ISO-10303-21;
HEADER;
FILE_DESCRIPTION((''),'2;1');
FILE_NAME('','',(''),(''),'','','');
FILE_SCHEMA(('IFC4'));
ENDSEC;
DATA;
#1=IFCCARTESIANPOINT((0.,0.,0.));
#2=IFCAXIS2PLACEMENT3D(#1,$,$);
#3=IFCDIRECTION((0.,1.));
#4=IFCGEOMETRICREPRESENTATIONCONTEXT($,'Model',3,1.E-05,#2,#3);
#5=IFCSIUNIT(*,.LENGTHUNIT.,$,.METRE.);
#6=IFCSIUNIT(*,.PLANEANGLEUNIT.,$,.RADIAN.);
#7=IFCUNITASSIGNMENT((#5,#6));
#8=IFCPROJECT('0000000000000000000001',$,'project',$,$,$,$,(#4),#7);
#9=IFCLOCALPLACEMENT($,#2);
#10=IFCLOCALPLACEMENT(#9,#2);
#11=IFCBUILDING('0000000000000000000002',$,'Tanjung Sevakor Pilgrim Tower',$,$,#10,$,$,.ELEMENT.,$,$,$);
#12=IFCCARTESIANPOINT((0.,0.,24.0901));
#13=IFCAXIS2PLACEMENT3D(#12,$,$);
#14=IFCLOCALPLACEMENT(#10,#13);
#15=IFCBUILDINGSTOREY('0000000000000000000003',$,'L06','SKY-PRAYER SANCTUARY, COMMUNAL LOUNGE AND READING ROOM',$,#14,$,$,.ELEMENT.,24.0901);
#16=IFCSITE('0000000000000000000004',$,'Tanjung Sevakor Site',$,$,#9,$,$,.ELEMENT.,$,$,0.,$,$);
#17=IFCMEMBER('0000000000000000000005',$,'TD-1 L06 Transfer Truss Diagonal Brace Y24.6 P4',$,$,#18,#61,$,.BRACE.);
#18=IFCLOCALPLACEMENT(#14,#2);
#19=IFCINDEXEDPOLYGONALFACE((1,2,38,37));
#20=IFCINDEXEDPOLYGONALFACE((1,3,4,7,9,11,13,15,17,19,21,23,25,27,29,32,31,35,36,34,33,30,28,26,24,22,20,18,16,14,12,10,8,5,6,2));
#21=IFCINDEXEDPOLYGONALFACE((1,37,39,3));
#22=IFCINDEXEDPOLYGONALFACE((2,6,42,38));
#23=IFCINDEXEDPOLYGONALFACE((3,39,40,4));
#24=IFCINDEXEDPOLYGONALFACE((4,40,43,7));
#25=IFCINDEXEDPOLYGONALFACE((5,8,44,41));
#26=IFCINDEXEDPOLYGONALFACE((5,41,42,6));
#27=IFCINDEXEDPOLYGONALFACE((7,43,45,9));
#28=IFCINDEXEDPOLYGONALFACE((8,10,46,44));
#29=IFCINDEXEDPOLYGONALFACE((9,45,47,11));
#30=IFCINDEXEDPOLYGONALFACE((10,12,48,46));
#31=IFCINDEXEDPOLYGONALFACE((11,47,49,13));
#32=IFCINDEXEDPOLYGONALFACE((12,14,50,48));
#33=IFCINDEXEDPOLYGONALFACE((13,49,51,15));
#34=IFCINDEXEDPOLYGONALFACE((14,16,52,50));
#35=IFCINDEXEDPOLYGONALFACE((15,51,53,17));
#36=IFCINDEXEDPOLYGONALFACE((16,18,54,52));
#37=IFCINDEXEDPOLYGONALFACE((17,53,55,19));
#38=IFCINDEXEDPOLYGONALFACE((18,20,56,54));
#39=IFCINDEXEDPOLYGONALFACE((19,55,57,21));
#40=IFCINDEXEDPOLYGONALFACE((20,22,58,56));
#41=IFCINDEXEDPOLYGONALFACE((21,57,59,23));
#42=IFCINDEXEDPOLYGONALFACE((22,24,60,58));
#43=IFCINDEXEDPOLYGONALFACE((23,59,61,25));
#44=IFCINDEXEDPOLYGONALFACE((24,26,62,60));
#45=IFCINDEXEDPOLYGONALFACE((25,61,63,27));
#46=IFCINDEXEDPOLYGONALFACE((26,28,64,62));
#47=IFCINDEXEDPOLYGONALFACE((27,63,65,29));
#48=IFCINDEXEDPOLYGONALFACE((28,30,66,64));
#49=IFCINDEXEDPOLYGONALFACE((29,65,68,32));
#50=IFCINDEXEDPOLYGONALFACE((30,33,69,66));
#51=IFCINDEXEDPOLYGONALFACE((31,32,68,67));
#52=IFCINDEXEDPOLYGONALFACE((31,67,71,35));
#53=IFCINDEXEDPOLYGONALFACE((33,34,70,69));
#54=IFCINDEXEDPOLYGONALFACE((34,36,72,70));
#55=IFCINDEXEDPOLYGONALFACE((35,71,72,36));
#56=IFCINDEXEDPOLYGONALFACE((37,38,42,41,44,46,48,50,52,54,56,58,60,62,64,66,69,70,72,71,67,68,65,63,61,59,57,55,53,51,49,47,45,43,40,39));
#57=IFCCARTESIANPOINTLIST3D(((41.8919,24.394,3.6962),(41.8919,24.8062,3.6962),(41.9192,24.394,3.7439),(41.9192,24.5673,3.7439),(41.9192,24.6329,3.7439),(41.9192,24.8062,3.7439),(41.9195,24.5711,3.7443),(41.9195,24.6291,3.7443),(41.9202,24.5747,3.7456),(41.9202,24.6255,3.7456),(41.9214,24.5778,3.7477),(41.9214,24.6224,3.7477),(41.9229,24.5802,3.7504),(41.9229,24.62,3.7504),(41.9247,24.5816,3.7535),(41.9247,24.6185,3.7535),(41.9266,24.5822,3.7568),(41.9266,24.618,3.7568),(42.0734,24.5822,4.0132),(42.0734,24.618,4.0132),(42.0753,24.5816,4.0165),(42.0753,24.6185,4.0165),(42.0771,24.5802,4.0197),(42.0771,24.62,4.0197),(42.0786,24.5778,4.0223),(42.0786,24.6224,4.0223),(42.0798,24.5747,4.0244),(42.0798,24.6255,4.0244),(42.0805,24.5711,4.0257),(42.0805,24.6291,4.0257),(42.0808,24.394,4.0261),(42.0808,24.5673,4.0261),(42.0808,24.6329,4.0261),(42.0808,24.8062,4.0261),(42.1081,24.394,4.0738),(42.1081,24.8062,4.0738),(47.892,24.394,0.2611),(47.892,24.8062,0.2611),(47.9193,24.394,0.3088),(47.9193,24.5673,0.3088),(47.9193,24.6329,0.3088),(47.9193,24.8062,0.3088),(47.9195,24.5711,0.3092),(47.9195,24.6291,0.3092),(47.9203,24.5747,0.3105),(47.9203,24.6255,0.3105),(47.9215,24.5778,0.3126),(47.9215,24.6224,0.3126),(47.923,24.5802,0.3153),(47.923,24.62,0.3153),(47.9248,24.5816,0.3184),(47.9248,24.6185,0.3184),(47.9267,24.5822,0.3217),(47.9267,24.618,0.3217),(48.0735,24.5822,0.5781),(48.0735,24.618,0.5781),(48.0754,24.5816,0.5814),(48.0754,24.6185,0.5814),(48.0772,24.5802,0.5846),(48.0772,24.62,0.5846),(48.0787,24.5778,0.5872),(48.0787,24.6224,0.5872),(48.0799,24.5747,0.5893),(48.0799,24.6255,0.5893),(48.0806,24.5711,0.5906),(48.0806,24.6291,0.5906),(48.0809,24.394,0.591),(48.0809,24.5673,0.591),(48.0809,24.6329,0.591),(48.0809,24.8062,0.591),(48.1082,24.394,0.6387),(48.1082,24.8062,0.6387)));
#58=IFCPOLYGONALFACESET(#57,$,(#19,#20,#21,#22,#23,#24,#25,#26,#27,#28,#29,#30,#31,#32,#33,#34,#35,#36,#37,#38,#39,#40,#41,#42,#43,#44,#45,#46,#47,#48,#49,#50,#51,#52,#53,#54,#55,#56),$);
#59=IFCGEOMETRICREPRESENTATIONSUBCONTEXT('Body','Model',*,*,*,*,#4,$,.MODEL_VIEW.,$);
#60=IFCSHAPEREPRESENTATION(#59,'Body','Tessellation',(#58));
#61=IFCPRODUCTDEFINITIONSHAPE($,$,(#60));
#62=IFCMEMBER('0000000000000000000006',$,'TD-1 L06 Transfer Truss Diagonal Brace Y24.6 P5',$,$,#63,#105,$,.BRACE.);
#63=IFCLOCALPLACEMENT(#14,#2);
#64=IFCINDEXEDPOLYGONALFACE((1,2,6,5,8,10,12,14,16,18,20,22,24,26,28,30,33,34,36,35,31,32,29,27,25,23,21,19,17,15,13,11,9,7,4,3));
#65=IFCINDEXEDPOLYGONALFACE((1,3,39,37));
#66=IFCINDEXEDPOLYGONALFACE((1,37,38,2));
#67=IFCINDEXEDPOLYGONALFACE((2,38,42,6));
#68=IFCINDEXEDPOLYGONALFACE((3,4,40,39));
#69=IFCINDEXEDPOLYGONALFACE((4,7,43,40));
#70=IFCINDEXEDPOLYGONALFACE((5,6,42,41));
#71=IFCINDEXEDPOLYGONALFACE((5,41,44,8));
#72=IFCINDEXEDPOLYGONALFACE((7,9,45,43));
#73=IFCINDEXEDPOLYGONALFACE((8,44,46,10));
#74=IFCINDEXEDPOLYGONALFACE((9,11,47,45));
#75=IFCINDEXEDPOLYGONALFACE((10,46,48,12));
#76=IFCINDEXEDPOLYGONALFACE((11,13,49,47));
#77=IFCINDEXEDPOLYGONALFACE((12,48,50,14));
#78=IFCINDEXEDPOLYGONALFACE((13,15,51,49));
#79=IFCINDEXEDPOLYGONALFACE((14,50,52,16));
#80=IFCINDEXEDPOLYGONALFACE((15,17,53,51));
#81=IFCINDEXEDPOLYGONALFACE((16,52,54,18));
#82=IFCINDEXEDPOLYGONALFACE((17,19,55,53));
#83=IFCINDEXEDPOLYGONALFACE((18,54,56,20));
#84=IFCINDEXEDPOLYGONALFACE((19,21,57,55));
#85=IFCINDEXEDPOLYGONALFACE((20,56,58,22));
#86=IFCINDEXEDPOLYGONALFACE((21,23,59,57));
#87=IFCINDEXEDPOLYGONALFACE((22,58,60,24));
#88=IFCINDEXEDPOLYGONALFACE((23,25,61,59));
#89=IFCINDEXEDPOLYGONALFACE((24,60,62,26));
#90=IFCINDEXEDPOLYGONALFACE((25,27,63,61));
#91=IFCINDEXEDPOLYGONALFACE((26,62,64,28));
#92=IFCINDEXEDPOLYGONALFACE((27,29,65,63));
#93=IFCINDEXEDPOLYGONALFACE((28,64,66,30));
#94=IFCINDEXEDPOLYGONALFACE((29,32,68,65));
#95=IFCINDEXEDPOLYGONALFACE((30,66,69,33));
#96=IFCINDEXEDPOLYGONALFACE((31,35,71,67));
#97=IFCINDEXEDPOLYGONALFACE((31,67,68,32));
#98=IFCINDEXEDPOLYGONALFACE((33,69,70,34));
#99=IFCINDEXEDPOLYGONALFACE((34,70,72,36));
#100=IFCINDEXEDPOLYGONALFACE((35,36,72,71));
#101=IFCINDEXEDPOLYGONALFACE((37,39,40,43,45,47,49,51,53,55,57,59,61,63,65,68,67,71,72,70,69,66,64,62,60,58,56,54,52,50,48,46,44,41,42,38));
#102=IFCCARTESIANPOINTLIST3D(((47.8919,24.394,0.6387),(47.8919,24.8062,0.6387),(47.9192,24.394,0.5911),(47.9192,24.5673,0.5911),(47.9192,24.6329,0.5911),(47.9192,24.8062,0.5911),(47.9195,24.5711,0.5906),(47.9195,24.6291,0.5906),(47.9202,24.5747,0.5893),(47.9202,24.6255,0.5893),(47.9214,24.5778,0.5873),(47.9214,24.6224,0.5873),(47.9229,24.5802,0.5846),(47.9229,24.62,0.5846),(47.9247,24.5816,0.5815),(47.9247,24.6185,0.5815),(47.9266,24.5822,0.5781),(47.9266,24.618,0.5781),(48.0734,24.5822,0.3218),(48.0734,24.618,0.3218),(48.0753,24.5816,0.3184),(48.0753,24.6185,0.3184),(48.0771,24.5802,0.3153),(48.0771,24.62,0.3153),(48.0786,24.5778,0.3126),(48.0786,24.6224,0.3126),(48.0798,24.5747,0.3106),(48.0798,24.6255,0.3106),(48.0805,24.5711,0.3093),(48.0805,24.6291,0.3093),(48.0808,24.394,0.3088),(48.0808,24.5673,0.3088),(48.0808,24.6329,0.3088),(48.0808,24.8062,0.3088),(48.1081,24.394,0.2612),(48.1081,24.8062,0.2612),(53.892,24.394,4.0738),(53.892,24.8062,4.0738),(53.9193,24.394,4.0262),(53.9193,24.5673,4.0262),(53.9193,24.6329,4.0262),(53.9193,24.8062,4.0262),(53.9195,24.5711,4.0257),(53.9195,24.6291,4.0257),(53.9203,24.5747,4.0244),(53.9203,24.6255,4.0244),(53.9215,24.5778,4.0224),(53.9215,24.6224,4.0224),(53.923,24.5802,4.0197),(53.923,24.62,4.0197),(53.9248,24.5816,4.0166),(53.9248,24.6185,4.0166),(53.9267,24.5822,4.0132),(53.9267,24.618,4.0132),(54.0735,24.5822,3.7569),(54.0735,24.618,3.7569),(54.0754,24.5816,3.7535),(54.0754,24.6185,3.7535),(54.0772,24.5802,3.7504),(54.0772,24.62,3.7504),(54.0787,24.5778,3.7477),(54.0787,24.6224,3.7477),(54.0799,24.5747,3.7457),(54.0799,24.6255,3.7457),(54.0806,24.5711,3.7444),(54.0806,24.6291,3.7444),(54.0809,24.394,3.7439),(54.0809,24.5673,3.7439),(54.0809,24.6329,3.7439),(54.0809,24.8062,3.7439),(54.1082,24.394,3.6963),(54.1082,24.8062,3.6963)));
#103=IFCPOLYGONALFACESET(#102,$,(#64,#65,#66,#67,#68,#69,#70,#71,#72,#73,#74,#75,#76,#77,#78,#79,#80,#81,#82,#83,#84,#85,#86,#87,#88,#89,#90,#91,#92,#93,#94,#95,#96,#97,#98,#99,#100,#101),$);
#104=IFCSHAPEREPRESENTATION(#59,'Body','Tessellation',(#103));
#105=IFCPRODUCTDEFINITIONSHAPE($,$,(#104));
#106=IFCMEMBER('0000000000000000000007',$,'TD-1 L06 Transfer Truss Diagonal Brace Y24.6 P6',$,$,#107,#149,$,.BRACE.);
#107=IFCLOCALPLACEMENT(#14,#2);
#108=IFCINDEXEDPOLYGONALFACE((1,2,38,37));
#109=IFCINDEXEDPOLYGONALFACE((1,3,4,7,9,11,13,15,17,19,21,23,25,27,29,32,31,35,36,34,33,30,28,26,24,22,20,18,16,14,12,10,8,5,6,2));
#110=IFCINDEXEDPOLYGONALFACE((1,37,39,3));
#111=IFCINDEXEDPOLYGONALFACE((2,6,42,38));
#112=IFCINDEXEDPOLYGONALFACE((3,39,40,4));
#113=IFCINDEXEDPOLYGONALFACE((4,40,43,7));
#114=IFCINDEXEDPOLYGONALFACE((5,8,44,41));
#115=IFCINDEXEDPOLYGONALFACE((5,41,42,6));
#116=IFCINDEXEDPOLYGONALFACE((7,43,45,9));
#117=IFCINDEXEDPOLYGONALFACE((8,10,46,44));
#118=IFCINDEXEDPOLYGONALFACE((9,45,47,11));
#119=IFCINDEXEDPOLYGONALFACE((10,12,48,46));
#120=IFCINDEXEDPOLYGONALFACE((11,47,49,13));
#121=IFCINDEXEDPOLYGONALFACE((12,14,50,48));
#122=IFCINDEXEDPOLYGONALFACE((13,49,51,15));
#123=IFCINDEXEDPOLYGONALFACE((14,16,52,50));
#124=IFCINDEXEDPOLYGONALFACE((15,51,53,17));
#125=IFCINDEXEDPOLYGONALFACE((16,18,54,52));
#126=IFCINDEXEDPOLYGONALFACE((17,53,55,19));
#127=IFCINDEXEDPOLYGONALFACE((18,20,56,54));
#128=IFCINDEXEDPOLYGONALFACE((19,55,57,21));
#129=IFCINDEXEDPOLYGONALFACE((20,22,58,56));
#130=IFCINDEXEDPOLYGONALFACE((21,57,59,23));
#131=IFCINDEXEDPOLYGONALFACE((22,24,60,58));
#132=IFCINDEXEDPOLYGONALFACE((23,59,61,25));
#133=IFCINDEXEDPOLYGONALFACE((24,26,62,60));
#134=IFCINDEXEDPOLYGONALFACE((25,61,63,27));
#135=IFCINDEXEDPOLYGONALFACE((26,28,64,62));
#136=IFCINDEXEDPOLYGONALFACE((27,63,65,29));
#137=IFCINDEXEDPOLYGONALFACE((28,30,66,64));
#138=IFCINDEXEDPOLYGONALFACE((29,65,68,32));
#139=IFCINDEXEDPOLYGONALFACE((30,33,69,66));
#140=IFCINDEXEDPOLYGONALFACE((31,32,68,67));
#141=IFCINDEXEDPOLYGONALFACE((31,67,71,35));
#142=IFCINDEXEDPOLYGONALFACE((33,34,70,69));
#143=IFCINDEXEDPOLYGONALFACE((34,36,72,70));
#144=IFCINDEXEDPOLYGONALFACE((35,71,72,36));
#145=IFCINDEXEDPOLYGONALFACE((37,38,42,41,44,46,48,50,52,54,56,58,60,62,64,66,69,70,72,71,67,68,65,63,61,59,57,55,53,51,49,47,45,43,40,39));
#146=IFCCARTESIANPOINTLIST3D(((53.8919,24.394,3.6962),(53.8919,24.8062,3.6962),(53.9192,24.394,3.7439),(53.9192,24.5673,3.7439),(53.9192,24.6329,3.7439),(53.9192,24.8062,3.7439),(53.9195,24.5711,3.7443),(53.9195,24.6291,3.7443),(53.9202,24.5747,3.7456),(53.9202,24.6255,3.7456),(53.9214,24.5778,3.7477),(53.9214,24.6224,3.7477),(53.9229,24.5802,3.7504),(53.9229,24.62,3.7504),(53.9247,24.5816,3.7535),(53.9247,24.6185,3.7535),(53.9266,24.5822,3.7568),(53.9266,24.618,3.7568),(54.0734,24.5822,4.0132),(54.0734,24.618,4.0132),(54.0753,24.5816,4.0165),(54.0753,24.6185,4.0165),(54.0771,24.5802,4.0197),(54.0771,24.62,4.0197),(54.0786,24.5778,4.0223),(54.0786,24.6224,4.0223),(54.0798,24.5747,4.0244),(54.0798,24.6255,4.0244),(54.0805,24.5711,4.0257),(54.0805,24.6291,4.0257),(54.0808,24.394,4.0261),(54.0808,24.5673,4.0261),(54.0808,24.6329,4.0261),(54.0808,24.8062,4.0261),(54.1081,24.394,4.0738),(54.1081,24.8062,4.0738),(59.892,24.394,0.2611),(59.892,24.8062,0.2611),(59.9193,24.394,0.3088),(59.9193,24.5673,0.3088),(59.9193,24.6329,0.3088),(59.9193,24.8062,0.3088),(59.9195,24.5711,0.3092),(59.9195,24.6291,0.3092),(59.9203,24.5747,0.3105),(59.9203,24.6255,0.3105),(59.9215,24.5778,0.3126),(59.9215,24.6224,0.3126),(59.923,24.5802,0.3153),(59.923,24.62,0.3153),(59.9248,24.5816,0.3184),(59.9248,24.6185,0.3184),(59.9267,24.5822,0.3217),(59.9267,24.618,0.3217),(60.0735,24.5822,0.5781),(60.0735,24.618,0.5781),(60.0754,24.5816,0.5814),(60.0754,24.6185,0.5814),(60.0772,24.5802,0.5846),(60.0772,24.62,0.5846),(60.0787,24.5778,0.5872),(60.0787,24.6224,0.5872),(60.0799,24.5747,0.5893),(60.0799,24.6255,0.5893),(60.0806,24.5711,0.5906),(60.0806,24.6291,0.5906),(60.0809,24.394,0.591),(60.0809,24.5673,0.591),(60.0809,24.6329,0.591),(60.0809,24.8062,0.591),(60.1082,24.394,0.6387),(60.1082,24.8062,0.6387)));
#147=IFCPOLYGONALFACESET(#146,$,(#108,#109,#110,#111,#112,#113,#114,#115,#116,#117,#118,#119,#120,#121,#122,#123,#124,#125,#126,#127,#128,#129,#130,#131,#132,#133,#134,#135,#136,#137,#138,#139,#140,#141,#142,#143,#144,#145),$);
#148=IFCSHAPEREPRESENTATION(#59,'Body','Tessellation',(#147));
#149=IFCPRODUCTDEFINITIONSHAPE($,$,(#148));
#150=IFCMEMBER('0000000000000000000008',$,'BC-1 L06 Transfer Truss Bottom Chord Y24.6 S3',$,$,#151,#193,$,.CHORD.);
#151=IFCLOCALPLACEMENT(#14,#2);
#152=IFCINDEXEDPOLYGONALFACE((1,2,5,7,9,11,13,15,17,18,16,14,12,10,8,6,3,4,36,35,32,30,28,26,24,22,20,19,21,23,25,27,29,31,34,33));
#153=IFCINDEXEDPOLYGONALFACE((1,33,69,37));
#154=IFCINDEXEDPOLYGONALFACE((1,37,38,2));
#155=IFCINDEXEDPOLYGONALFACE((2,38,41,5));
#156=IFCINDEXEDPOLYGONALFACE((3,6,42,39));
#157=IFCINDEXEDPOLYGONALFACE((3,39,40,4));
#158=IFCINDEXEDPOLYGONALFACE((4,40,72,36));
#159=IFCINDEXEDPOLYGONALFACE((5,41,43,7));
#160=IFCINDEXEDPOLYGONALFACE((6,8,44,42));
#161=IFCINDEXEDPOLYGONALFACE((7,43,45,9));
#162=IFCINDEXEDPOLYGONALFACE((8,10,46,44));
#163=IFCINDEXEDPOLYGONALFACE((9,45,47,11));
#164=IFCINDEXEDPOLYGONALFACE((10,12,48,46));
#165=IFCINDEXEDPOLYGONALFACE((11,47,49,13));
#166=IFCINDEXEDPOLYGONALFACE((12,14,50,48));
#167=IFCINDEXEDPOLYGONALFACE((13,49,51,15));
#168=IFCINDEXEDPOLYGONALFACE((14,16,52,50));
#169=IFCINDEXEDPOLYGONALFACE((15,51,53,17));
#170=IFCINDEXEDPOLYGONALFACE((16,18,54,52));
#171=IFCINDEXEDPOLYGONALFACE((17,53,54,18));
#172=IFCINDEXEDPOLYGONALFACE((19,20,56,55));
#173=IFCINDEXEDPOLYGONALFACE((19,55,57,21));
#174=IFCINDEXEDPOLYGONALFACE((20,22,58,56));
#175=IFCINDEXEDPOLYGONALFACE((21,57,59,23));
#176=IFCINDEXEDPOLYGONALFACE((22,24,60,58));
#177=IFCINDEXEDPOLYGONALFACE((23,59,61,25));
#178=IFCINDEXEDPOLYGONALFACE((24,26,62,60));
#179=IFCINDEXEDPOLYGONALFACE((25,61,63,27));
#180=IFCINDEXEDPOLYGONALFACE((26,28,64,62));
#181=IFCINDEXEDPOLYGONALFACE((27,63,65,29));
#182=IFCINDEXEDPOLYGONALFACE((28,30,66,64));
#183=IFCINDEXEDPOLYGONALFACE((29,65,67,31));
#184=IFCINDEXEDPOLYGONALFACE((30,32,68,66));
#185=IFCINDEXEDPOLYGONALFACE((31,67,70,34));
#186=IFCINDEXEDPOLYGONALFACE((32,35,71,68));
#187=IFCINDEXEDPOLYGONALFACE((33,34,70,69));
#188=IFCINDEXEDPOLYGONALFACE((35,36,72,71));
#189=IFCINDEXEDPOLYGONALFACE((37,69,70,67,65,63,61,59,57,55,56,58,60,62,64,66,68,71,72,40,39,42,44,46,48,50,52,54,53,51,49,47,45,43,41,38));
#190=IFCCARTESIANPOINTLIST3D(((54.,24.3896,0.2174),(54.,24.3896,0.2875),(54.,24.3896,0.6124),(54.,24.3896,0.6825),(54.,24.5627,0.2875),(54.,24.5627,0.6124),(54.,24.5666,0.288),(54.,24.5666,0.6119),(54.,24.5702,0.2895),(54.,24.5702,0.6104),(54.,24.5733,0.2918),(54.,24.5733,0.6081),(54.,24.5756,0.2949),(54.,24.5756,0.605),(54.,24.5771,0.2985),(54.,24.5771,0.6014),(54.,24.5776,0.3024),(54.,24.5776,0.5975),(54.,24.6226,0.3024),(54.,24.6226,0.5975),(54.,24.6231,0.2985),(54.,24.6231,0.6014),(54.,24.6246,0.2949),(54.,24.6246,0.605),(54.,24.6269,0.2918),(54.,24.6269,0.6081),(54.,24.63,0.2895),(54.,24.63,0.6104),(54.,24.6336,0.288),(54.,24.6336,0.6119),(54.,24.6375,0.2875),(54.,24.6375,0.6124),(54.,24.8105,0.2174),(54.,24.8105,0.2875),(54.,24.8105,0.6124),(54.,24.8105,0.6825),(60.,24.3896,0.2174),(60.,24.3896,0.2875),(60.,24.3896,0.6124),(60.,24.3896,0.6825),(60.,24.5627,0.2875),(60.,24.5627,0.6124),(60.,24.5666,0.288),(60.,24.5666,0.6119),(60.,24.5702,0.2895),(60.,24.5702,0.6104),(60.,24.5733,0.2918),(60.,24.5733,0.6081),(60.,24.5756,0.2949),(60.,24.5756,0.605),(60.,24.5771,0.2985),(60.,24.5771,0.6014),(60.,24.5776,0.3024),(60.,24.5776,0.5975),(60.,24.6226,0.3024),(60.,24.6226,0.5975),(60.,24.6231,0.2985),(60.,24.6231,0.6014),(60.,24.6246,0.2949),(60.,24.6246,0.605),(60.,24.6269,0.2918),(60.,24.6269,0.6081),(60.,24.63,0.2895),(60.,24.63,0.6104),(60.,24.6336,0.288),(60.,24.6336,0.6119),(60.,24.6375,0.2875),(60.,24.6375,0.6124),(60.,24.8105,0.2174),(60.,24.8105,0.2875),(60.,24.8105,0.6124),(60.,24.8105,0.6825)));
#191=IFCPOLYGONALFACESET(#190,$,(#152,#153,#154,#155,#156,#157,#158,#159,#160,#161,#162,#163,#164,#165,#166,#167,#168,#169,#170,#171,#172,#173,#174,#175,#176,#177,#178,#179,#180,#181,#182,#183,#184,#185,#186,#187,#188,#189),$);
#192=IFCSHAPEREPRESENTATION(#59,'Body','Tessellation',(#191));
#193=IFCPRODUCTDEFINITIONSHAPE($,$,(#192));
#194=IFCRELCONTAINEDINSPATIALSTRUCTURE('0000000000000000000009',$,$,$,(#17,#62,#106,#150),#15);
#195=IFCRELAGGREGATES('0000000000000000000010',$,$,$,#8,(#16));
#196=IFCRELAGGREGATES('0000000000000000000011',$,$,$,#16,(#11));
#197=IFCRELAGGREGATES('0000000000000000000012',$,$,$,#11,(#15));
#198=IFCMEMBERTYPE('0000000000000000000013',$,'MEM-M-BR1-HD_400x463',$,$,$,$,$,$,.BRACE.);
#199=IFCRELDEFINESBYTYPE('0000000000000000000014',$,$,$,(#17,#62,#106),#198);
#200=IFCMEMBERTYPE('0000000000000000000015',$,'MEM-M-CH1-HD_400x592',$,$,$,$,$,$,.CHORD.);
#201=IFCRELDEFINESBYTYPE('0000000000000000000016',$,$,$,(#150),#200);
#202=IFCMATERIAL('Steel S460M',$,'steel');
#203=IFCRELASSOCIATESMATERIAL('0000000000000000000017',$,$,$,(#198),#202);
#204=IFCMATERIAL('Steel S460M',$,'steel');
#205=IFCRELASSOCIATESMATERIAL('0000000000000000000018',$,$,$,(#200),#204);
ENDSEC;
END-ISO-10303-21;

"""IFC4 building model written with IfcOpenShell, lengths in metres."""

from ifc_helpers import new_model, si_unit, direction, frame, origin, origin_2d, place, context, subcontext, project, spatial, i_section, extrude, material, material_profile, profile_set, type_object, element, save


model = new_model("IFC4")

# Units and contexts
model_context = context("Model", 3, precision=1e-05, world=origin(), true_north=direction((0.0, 1.0)))
body_context = subcontext(model_context, "Body", "Model", "MODEL_VIEW")
ifc_project = project(units=[si_unit("LENGTHUNIT", "METRE"), si_unit("PLANEANGLEUNIT", "RADIAN")], contexts=[model_context])

# Site, building, storey
site_placement = place(None, origin())
site = spatial("IfcSite", under=ifc_project, at=site_placement, Name="Tanjung Sevakor Site", CompositionType="ELEMENT", RefElevation=0.0)
building_placement = place(site_placement, origin())
building = spatial("IfcBuilding", under=site, at=building_placement, Name="Tanjung Sevakor Pilgrim Tower", CompositionType="ELEMENT")
storey_placement = place(building_placement, frame((0.0, 0.0, 24.0901)))
storey = spatial("IfcBuildingStorey", under=building, at=storey_placement, Name="L06", Description="SKY-PRAYER SANCTUARY, COMMUNAL LOUNGE AND READING ROOM", CompositionType="ELEMENT", Elevation=24.0901)

# Members
ifc_material_1 = material(Name="Steel S460M", Category="steel")
ifc_material_profile_1 = material_profile(ifc_material_1, i_section(OverallWidth=0.4121, OverallDepth=0.4351, WebThickness=0.0359, FlangeThickness=0.0549, FilletRadius=0.0149, at=origin_2d()))
ifc_profile_set_1 = profile_set([ifc_material_profile_1], Name="Steel S460M")
member_type_1 = type_object("IfcMemberType", Name="MEM-M-BR1-HD_400x463", PredefinedType="BRACE", material=ifc_profile_set_1)
for number, where, z_axis, x_axis, name in (
    (1, (42.0, 24.6001, 3.885), (0.867839, 0.0, -0.496846), (0.0, 1.0, 0.0), "TD-1 L06 Transfer Truss Diagonal Brace Y24.6 P4"),
    (2, (48.0, 24.6001, 0.45), (0.867839, 0.0, 0.496846), (0.0, 1.0, 0.0), "TD-1 L06 Transfer Truss Diagonal Brace Y24.6 P5"),
    (3, (54.0, 24.6001, 3.885), (0.867839, 0.0, -0.496846), (0.0, 1.0, 0.0), "TD-1 L06 Transfer Truss Diagonal Brace Y24.6 P6"),
):
    element("IfcMember", number, at=place(storey_placement, frame(where, z_axis=z_axis, x_axis=x_axis)), inside=storey, type_object=member_type_1, Name=name, PredefinedType="BRACE", context=body_context, shape_type="SweptSolid", body=[
        extrude(i_section(OverallWidth=0.4121, OverallDepth=0.4351, WebThickness=0.0359, FlangeThickness=0.0549, FilletRadius=0.0149, at=origin_2d()), origin(), (0.0, 0.0, 1.0), 6.9138),
    ])
ifc_material_2 = material(Name="Steel S460M", Category="steel")
ifc_material_profile_2 = material_profile(ifc_material_2, i_section(OverallWidth=0.4209, OverallDepth=0.4651, WebThickness=0.0449, FlangeThickness=0.0701, FilletRadius=0.0149, at=origin_2d()))
ifc_profile_set_2 = profile_set([ifc_material_profile_2], Name="Steel S460M")
member_type_2 = type_object("IfcMemberType", Name="MEM-M-CH1-HD_400x592", PredefinedType="CHORD", material=ifc_profile_set_2)
member_1_placement = place(storey_placement, frame((54.0, 24.6001, 0.45), z_axis=(1.0, 0.0, 0.0), x_axis=(0.0, 1.0, 0.0)))
element("IfcMember", 4, at=member_1_placement, inside=storey, type_object=member_type_2, Name="BC-1 L06 Transfer Truss Bottom Chord Y24.6 S3", PredefinedType="CHORD", context=body_context, shape_type="SweptSolid", body=[
    extrude(i_section(OverallWidth=0.4209, OverallDepth=0.4651, WebThickness=0.0449, FlangeThickness=0.0701, FilletRadius=0.0149, at=origin_2d()), origin(), (0.0, 0.0, 1.0), 6.0),
])

save(model, "model.ifc")
